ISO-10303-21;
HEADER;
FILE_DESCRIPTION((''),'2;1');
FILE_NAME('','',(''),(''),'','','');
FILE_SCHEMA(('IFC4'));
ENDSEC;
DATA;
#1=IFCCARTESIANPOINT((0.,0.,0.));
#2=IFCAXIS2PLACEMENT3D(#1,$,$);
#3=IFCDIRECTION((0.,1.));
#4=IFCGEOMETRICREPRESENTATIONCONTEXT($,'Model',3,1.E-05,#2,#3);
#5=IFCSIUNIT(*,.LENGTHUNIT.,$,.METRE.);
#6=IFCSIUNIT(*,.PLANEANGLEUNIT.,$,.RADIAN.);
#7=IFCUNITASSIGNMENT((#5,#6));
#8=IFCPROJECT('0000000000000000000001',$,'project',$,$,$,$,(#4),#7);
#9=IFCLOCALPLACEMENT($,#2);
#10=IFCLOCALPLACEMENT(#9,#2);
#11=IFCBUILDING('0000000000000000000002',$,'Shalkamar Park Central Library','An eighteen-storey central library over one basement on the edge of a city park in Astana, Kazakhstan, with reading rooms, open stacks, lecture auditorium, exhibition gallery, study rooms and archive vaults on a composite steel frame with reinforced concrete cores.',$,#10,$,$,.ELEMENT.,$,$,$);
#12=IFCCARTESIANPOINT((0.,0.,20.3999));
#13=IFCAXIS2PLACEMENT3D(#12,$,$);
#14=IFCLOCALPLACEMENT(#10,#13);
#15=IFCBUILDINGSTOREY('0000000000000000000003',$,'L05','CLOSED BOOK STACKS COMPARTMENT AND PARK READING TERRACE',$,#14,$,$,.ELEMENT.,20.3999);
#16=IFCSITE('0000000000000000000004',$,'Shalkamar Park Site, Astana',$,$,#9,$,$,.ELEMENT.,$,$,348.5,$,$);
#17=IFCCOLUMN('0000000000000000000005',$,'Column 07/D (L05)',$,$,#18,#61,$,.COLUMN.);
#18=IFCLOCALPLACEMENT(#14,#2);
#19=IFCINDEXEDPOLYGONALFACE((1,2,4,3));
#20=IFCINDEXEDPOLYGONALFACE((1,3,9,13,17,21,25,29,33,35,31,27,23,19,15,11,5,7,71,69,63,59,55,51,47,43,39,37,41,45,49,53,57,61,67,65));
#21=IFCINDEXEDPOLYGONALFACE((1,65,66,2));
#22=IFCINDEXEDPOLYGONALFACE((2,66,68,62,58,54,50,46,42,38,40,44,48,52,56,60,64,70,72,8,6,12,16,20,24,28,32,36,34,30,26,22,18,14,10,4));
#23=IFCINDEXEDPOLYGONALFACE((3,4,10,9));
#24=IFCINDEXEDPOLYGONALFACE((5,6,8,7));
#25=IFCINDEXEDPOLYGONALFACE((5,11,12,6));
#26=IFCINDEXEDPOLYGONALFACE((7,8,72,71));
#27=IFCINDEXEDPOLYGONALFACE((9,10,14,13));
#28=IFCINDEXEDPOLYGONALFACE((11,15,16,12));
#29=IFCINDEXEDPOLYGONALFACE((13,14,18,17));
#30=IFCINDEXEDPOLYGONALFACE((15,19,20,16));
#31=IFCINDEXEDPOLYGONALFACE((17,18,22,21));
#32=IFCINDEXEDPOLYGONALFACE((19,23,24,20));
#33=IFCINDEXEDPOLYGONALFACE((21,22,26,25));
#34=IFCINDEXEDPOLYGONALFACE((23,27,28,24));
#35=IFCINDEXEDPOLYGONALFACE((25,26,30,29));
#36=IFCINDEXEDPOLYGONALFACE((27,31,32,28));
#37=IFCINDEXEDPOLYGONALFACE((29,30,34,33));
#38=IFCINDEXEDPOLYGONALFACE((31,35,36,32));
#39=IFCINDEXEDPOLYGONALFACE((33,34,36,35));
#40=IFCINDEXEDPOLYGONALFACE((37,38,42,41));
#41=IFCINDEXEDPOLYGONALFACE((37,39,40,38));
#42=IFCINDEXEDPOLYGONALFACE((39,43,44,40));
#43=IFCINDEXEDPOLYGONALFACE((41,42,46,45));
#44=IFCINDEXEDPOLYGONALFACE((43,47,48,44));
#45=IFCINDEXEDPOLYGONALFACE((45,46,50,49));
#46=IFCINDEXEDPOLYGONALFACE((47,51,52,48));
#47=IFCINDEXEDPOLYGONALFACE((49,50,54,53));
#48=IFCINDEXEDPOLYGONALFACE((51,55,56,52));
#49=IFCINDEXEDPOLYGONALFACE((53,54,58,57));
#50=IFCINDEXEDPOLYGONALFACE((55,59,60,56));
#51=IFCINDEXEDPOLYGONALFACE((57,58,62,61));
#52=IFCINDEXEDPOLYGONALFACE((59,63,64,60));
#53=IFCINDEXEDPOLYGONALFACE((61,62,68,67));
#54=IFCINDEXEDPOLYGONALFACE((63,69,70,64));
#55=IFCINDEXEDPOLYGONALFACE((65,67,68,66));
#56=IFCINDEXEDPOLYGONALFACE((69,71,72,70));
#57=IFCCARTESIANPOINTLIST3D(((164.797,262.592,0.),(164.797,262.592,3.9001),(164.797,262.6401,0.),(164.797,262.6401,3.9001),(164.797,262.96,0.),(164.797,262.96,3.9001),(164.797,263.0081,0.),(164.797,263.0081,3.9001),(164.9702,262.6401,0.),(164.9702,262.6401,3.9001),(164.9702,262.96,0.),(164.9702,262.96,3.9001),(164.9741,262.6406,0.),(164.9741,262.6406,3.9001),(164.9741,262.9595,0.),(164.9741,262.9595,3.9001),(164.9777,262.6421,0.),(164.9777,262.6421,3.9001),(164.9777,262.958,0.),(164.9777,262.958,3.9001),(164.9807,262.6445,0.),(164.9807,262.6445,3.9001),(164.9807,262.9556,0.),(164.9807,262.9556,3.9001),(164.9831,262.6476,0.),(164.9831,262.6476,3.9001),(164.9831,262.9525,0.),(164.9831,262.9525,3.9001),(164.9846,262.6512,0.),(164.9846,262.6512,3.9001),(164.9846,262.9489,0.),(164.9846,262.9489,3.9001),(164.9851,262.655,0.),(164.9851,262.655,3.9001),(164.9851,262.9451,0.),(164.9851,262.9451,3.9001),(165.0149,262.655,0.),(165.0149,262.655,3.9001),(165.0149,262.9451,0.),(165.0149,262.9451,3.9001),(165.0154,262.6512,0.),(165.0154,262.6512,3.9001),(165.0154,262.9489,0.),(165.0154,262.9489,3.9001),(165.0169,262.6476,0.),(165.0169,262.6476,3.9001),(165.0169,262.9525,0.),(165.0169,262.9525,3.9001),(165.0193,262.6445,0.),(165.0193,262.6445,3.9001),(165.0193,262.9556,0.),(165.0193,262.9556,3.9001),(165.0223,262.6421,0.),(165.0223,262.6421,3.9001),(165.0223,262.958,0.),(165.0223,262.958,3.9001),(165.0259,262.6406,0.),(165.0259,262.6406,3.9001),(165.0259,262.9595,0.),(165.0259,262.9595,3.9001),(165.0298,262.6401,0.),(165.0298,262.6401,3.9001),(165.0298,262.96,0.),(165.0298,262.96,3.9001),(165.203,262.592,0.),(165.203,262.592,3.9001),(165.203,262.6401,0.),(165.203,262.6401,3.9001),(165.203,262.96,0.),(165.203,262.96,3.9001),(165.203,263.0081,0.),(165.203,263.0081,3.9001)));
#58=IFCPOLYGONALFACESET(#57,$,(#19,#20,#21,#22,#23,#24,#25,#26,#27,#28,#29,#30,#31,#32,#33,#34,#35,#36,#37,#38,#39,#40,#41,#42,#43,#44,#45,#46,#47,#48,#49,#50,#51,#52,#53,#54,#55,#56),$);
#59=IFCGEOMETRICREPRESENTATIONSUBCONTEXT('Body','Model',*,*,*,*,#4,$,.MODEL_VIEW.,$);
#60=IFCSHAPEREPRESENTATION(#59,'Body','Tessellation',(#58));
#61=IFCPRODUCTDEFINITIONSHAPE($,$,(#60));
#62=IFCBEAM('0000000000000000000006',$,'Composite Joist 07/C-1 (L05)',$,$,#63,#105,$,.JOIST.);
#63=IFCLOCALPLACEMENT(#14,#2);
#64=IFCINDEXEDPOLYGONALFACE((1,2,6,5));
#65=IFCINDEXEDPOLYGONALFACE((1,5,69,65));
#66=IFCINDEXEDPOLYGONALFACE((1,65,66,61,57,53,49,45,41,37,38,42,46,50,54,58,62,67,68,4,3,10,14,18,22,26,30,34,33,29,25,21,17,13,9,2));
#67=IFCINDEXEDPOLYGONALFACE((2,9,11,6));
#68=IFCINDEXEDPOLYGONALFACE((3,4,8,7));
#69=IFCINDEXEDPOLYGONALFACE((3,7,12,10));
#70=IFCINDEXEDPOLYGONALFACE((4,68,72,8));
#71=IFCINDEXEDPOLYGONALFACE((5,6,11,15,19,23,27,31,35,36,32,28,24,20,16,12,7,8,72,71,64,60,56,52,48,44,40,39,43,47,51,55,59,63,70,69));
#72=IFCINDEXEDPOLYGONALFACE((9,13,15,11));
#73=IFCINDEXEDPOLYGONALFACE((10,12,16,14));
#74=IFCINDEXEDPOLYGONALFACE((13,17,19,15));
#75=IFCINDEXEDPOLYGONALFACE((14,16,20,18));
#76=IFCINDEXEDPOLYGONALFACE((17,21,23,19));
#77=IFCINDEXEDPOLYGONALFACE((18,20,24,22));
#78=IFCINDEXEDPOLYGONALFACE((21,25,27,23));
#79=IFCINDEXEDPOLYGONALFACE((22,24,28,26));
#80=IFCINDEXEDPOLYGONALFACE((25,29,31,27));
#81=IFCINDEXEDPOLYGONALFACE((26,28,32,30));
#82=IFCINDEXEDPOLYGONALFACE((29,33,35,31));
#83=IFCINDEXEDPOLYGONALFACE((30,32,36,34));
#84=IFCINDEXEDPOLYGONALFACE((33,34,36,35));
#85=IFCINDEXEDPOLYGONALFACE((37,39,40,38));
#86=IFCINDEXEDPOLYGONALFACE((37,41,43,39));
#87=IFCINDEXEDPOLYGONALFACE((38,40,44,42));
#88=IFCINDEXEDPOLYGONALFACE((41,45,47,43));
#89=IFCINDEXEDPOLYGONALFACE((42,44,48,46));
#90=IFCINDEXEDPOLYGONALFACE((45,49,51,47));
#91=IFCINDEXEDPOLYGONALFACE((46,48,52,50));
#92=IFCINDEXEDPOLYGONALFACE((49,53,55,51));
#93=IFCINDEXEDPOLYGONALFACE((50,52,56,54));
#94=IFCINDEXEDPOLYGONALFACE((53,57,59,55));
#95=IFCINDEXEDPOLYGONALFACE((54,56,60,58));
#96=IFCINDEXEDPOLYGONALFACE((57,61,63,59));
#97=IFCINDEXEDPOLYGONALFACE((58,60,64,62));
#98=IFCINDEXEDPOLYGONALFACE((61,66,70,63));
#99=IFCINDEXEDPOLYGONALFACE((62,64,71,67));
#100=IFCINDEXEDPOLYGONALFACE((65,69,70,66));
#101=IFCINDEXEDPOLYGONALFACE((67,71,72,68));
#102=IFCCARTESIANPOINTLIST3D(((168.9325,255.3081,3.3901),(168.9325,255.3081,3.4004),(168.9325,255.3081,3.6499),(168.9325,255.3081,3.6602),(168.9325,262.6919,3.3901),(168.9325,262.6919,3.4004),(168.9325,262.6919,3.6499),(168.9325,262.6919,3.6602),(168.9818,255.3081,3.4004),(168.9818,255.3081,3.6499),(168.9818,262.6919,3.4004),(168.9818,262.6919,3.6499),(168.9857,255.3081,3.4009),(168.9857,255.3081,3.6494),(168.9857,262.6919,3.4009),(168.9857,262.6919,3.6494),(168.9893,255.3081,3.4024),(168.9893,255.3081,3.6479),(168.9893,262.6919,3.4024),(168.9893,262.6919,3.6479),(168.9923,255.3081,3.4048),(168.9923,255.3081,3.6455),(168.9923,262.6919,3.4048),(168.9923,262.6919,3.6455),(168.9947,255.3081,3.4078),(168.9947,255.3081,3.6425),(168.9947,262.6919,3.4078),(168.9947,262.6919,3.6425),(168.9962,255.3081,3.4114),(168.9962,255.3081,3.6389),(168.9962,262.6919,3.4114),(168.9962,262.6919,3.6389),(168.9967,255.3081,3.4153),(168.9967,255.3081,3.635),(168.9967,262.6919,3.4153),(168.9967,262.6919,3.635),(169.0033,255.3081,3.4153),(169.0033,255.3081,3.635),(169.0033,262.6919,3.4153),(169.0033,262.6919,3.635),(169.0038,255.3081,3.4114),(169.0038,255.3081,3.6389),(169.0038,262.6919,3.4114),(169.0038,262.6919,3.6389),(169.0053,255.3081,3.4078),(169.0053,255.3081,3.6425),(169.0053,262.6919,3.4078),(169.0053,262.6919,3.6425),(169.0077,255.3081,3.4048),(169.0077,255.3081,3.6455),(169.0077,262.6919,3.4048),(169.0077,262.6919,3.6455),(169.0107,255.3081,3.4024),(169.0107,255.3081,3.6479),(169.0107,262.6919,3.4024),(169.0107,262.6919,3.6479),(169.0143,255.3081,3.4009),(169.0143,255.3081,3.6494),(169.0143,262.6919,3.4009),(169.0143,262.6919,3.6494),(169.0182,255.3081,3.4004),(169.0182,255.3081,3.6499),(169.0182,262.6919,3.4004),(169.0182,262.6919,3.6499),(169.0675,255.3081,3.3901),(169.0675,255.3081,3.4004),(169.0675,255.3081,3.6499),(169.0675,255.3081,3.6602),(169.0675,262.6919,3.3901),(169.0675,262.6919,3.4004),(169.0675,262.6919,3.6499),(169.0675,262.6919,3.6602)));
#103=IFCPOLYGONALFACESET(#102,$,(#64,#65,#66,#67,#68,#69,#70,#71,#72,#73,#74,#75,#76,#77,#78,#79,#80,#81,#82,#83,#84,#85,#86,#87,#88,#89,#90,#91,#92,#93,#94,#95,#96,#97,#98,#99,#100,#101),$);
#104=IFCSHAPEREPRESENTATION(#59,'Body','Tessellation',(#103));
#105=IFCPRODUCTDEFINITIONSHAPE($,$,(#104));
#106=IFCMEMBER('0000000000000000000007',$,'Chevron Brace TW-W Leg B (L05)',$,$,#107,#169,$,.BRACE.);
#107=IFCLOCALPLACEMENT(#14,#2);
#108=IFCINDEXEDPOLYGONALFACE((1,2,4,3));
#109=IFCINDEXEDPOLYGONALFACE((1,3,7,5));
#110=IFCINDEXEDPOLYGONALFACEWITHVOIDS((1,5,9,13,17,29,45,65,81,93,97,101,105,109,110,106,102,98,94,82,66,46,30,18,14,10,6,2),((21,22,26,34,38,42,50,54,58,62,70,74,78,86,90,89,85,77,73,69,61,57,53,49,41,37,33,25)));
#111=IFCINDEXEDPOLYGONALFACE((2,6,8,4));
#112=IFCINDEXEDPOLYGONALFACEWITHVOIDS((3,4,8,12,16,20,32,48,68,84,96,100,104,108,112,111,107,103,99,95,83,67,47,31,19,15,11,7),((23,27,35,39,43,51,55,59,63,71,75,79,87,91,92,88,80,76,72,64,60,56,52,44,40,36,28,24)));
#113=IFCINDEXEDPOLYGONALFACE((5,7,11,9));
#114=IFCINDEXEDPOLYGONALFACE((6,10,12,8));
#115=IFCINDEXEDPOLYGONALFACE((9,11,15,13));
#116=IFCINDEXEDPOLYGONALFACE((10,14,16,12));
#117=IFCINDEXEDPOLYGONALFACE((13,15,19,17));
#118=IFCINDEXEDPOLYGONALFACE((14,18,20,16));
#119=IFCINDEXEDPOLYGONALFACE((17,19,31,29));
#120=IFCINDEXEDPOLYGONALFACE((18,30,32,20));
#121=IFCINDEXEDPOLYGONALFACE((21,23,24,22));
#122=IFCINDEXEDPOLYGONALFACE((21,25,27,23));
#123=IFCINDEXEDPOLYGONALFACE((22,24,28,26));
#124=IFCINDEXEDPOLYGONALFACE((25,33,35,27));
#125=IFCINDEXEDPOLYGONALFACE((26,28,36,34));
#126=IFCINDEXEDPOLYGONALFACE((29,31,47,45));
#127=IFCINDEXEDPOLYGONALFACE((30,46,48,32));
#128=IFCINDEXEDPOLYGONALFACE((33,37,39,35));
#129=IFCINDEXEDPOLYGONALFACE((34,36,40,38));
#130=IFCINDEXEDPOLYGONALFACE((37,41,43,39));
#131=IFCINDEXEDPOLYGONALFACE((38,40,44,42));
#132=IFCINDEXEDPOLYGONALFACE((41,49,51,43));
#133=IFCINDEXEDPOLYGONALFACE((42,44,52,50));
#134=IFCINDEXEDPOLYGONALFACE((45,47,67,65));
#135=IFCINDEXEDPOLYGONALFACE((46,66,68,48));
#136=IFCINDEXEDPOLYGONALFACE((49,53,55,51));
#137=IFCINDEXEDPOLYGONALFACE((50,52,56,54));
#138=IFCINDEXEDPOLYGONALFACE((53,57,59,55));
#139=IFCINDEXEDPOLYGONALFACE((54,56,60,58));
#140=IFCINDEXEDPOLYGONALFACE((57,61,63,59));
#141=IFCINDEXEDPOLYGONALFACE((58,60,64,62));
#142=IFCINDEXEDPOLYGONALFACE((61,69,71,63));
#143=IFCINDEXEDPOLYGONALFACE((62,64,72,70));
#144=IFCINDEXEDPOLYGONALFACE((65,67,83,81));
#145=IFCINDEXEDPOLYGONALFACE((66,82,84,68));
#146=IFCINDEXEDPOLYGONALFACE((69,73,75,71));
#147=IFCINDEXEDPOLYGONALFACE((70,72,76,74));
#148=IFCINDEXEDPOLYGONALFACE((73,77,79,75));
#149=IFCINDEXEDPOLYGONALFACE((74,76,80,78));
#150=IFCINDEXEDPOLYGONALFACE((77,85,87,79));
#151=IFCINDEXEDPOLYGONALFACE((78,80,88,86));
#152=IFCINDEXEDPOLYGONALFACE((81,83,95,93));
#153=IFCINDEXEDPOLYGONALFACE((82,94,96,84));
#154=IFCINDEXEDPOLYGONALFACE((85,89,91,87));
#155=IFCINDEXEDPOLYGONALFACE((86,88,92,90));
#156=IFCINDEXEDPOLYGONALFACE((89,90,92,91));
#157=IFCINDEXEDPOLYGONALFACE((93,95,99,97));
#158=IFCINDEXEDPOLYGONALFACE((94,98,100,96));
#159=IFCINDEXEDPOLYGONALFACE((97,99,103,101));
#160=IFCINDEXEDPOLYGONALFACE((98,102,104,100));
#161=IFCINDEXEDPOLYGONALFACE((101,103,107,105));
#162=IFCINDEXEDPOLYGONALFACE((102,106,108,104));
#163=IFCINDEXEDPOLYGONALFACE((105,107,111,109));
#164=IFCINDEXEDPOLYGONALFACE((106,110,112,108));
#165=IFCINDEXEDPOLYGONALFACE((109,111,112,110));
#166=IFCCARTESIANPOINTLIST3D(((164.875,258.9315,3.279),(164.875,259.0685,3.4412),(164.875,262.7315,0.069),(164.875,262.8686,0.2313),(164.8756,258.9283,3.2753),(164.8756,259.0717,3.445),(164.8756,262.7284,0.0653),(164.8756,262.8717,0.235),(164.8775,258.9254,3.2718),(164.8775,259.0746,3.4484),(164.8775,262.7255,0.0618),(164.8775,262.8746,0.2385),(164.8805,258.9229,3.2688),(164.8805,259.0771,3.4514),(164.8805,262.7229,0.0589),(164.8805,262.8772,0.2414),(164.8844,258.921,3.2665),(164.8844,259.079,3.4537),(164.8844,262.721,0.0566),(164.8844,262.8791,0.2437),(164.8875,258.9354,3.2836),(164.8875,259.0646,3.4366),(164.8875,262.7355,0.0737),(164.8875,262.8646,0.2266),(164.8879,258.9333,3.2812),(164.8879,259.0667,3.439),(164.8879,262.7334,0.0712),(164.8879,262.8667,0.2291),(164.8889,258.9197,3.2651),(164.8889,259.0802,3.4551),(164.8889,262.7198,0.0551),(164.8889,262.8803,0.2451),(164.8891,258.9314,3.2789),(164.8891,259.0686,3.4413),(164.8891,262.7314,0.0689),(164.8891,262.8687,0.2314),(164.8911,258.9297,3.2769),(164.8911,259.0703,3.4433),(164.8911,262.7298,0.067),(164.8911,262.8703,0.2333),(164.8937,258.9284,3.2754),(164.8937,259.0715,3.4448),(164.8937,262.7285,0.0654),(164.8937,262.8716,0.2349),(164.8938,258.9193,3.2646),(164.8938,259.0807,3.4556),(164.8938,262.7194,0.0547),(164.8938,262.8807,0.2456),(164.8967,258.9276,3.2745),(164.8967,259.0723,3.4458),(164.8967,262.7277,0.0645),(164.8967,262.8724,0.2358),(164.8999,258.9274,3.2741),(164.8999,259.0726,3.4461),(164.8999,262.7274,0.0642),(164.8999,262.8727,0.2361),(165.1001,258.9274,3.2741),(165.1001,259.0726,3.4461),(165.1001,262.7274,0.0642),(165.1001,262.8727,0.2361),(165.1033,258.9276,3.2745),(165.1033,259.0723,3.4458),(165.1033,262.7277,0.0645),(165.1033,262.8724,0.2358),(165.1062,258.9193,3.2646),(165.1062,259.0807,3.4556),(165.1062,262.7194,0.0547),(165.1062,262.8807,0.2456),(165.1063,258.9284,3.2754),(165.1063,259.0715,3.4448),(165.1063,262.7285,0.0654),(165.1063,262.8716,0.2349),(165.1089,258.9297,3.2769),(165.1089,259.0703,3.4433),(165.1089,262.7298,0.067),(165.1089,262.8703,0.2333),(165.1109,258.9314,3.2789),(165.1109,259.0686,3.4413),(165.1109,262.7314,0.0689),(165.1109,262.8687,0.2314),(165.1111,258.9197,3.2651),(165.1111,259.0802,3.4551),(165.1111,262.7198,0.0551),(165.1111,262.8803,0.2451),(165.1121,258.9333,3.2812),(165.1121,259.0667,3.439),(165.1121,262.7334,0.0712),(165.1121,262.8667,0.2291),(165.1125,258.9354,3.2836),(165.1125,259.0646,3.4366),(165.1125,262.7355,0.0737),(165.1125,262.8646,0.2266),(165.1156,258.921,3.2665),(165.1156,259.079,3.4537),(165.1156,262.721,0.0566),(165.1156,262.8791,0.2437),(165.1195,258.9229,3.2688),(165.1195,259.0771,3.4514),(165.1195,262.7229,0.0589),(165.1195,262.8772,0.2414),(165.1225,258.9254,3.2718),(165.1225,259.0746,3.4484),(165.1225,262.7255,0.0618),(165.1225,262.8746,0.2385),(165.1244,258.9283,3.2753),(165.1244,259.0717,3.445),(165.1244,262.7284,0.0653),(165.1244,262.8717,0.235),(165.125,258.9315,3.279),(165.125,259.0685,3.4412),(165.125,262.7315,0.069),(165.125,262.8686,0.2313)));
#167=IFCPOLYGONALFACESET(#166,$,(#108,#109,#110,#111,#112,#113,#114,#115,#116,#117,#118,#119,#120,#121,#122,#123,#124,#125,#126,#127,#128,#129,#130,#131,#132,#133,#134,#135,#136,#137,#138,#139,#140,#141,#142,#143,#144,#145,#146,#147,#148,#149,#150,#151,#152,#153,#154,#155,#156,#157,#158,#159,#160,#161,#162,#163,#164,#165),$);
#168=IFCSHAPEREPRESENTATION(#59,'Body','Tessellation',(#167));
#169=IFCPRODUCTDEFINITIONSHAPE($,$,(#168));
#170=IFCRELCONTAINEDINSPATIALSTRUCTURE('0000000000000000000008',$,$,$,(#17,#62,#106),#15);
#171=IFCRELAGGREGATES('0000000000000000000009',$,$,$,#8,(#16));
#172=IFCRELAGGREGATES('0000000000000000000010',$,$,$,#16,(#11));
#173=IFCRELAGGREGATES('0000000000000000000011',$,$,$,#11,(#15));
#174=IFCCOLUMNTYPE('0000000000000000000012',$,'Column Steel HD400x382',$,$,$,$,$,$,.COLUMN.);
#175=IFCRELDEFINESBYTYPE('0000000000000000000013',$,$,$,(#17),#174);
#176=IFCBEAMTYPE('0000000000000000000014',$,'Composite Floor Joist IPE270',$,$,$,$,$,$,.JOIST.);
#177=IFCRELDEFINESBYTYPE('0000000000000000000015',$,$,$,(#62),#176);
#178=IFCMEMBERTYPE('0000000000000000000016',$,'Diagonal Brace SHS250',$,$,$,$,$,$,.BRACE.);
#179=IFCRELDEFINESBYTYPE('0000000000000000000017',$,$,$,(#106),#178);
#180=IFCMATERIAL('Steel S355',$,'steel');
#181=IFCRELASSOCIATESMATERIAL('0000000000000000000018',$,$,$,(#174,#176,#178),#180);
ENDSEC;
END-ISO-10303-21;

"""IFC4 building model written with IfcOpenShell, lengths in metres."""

from ifc_helpers import new_model, si_unit, direction, frame, origin, origin_2d, place, context, subcontext, project, spatial, hollow_rectangle, i_section, extrude, material, material_profile, profile_set, type_object, element, save


model = new_model("IFC4")

# Units and contexts
model_context = context("Model", 3, precision=1e-05, world=origin(), true_north=direction((0.0, 1.0)))
body_context = subcontext(model_context, "Body", "Model", "MODEL_VIEW")
ifc_project = project(units=[si_unit("LENGTHUNIT", "METRE"), si_unit("PLANEANGLEUNIT", "RADIAN")], contexts=[model_context])

# Site, building, storey
site_placement = place(None, origin())
site = spatial("IfcSite", under=ifc_project, at=site_placement, Name="Shalkamar Park Site, Astana", CompositionType="ELEMENT", RefElevation=348.5)
building_placement = place(site_placement, origin())
building = spatial("IfcBuilding", under=site, at=building_placement, Name="Shalkamar Park Central Library", Description="An eighteen-storey central library over one basement on the edge of a city park in Astana, Kazakhstan, with reading rooms, open stacks, lecture auditorium, exhibition gallery, study rooms and archive vaults on a composite steel frame with reinforced concrete cores.", CompositionType="ELEMENT")
storey_placement = place(building_placement, frame((0.0, 0.0, 20.3999)))
storey = spatial("IfcBuildingStorey", under=building, at=storey_placement, Name="L05", Description="CLOSED BOOK STACKS COMPARTMENT AND PARK READING TERRACE", CompositionType="ELEMENT", Elevation=20.3999)

# Column
ifc_material_1 = material(Name="Steel S355", Category="steel")
ifc_material_profile_1 = material_profile(ifc_material_1, i_section(OverallWidth=0.406, OverallDepth=0.416, WebThickness=0.0298, FlangeThickness=0.0481, FilletRadius=0.0149, at=origin_2d()), Name="HD 400x382")
ifc_profile_set_1 = profile_set([ifc_material_profile_1], Name="Steel S355")
column_type = type_object("IfcColumnType", Name="Column Steel HD400x382", PredefinedType="COLUMN", material=ifc_profile_set_1)
column_placement = place(storey_placement, frame((165.0, 262.8, 0.0), z_axis=(0.0, 0.0, 1.0), x_axis=(1.0, 0.0, 0.0)))
element("IfcColumn", 1, at=column_placement, inside=storey, type_object=column_type, Name="Column 07/D (L05)", PredefinedType="COLUMN", context=body_context, shape_type="SweptSolid", body=[
    extrude(i_section(OverallWidth=0.406, OverallDepth=0.416, WebThickness=0.0298, FlangeThickness=0.0481, FilletRadius=0.0149, at=origin_2d()), origin(), (0.0, 0.0, 1.0), 3.9001),
])

# Beam
ifc_material_profile_2 = material_profile(ifc_material_1, i_section(OverallWidth=0.135, OverallDepth=0.27, WebThickness=0.0066, FlangeThickness=0.0103, FilletRadius=0.0149, at=origin_2d()), Name="IPE 270")
ifc_profile_set_2 = profile_set([ifc_material_profile_2], Name="Steel S355")
beam_type_1 = type_object("IfcBeamType", Name="Composite Floor Joist IPE270", PredefinedType="JOIST", material=ifc_profile_set_2)
beam_1_placement = place(storey_placement, frame((169.0, 255.3081, 3.5251), z_axis=(0.0, 1.0, 0.0), x_axis=(-1.0, 0.0, 0.0)))
element("IfcBeam", 2, at=beam_1_placement, inside=storey, type_object=beam_type_1, Name="Composite Joist 07/C-1 (L05)", PredefinedType="JOIST", context=body_context, shape_type="SweptSolid", body=[
    extrude(i_section(OverallWidth=0.135, OverallDepth=0.27, WebThickness=0.0066, FlangeThickness=0.0103, FilletRadius=0.0149, at=origin_2d()), origin(), (0.0, 0.0, 1.0), 7.3838),
])

# Member
ifc_material_profile_3 = material_profile(ifc_material_1, hollow_rectangle(XDim=0.25, YDim=0.25, WallThickness=0.0125, InnerFilletRadius=0.0125, OuterFilletRadius=0.0188, at=origin_2d()), Name="SHS 250x250x12.5")
ifc_profile_set_3 = profile_set([ifc_material_profile_3], Name="Steel S355")
member_type = type_object("IfcMemberType", Name="Diagonal Brace SHS250", PredefinedType="BRACE", material=ifc_profile_set_3)
member_placement = place(storey_placement, frame((165.0, 262.8, 0.1501), z_axis=(0.0, -0.763928, 0.645302), x_axis=(1.0, 0.0, 0.0)))
element("IfcMember", 3, at=member_placement, inside=storey, type_object=member_type, Name="Chevron Brace TW-W Leg B (L05)", PredefinedType="BRACE", context=body_context, shape_type="SweptSolid", body=[
    extrude(hollow_rectangle(XDim=0.25, YDim=0.25, WallThickness=0.0125, InnerFilletRadius=0.0125, OuterFilletRadius=0.0188, at=origin_2d()), origin(), (0.0, 0.0, 1.0), 4.9744),
])

save(model, "model.ifc")
